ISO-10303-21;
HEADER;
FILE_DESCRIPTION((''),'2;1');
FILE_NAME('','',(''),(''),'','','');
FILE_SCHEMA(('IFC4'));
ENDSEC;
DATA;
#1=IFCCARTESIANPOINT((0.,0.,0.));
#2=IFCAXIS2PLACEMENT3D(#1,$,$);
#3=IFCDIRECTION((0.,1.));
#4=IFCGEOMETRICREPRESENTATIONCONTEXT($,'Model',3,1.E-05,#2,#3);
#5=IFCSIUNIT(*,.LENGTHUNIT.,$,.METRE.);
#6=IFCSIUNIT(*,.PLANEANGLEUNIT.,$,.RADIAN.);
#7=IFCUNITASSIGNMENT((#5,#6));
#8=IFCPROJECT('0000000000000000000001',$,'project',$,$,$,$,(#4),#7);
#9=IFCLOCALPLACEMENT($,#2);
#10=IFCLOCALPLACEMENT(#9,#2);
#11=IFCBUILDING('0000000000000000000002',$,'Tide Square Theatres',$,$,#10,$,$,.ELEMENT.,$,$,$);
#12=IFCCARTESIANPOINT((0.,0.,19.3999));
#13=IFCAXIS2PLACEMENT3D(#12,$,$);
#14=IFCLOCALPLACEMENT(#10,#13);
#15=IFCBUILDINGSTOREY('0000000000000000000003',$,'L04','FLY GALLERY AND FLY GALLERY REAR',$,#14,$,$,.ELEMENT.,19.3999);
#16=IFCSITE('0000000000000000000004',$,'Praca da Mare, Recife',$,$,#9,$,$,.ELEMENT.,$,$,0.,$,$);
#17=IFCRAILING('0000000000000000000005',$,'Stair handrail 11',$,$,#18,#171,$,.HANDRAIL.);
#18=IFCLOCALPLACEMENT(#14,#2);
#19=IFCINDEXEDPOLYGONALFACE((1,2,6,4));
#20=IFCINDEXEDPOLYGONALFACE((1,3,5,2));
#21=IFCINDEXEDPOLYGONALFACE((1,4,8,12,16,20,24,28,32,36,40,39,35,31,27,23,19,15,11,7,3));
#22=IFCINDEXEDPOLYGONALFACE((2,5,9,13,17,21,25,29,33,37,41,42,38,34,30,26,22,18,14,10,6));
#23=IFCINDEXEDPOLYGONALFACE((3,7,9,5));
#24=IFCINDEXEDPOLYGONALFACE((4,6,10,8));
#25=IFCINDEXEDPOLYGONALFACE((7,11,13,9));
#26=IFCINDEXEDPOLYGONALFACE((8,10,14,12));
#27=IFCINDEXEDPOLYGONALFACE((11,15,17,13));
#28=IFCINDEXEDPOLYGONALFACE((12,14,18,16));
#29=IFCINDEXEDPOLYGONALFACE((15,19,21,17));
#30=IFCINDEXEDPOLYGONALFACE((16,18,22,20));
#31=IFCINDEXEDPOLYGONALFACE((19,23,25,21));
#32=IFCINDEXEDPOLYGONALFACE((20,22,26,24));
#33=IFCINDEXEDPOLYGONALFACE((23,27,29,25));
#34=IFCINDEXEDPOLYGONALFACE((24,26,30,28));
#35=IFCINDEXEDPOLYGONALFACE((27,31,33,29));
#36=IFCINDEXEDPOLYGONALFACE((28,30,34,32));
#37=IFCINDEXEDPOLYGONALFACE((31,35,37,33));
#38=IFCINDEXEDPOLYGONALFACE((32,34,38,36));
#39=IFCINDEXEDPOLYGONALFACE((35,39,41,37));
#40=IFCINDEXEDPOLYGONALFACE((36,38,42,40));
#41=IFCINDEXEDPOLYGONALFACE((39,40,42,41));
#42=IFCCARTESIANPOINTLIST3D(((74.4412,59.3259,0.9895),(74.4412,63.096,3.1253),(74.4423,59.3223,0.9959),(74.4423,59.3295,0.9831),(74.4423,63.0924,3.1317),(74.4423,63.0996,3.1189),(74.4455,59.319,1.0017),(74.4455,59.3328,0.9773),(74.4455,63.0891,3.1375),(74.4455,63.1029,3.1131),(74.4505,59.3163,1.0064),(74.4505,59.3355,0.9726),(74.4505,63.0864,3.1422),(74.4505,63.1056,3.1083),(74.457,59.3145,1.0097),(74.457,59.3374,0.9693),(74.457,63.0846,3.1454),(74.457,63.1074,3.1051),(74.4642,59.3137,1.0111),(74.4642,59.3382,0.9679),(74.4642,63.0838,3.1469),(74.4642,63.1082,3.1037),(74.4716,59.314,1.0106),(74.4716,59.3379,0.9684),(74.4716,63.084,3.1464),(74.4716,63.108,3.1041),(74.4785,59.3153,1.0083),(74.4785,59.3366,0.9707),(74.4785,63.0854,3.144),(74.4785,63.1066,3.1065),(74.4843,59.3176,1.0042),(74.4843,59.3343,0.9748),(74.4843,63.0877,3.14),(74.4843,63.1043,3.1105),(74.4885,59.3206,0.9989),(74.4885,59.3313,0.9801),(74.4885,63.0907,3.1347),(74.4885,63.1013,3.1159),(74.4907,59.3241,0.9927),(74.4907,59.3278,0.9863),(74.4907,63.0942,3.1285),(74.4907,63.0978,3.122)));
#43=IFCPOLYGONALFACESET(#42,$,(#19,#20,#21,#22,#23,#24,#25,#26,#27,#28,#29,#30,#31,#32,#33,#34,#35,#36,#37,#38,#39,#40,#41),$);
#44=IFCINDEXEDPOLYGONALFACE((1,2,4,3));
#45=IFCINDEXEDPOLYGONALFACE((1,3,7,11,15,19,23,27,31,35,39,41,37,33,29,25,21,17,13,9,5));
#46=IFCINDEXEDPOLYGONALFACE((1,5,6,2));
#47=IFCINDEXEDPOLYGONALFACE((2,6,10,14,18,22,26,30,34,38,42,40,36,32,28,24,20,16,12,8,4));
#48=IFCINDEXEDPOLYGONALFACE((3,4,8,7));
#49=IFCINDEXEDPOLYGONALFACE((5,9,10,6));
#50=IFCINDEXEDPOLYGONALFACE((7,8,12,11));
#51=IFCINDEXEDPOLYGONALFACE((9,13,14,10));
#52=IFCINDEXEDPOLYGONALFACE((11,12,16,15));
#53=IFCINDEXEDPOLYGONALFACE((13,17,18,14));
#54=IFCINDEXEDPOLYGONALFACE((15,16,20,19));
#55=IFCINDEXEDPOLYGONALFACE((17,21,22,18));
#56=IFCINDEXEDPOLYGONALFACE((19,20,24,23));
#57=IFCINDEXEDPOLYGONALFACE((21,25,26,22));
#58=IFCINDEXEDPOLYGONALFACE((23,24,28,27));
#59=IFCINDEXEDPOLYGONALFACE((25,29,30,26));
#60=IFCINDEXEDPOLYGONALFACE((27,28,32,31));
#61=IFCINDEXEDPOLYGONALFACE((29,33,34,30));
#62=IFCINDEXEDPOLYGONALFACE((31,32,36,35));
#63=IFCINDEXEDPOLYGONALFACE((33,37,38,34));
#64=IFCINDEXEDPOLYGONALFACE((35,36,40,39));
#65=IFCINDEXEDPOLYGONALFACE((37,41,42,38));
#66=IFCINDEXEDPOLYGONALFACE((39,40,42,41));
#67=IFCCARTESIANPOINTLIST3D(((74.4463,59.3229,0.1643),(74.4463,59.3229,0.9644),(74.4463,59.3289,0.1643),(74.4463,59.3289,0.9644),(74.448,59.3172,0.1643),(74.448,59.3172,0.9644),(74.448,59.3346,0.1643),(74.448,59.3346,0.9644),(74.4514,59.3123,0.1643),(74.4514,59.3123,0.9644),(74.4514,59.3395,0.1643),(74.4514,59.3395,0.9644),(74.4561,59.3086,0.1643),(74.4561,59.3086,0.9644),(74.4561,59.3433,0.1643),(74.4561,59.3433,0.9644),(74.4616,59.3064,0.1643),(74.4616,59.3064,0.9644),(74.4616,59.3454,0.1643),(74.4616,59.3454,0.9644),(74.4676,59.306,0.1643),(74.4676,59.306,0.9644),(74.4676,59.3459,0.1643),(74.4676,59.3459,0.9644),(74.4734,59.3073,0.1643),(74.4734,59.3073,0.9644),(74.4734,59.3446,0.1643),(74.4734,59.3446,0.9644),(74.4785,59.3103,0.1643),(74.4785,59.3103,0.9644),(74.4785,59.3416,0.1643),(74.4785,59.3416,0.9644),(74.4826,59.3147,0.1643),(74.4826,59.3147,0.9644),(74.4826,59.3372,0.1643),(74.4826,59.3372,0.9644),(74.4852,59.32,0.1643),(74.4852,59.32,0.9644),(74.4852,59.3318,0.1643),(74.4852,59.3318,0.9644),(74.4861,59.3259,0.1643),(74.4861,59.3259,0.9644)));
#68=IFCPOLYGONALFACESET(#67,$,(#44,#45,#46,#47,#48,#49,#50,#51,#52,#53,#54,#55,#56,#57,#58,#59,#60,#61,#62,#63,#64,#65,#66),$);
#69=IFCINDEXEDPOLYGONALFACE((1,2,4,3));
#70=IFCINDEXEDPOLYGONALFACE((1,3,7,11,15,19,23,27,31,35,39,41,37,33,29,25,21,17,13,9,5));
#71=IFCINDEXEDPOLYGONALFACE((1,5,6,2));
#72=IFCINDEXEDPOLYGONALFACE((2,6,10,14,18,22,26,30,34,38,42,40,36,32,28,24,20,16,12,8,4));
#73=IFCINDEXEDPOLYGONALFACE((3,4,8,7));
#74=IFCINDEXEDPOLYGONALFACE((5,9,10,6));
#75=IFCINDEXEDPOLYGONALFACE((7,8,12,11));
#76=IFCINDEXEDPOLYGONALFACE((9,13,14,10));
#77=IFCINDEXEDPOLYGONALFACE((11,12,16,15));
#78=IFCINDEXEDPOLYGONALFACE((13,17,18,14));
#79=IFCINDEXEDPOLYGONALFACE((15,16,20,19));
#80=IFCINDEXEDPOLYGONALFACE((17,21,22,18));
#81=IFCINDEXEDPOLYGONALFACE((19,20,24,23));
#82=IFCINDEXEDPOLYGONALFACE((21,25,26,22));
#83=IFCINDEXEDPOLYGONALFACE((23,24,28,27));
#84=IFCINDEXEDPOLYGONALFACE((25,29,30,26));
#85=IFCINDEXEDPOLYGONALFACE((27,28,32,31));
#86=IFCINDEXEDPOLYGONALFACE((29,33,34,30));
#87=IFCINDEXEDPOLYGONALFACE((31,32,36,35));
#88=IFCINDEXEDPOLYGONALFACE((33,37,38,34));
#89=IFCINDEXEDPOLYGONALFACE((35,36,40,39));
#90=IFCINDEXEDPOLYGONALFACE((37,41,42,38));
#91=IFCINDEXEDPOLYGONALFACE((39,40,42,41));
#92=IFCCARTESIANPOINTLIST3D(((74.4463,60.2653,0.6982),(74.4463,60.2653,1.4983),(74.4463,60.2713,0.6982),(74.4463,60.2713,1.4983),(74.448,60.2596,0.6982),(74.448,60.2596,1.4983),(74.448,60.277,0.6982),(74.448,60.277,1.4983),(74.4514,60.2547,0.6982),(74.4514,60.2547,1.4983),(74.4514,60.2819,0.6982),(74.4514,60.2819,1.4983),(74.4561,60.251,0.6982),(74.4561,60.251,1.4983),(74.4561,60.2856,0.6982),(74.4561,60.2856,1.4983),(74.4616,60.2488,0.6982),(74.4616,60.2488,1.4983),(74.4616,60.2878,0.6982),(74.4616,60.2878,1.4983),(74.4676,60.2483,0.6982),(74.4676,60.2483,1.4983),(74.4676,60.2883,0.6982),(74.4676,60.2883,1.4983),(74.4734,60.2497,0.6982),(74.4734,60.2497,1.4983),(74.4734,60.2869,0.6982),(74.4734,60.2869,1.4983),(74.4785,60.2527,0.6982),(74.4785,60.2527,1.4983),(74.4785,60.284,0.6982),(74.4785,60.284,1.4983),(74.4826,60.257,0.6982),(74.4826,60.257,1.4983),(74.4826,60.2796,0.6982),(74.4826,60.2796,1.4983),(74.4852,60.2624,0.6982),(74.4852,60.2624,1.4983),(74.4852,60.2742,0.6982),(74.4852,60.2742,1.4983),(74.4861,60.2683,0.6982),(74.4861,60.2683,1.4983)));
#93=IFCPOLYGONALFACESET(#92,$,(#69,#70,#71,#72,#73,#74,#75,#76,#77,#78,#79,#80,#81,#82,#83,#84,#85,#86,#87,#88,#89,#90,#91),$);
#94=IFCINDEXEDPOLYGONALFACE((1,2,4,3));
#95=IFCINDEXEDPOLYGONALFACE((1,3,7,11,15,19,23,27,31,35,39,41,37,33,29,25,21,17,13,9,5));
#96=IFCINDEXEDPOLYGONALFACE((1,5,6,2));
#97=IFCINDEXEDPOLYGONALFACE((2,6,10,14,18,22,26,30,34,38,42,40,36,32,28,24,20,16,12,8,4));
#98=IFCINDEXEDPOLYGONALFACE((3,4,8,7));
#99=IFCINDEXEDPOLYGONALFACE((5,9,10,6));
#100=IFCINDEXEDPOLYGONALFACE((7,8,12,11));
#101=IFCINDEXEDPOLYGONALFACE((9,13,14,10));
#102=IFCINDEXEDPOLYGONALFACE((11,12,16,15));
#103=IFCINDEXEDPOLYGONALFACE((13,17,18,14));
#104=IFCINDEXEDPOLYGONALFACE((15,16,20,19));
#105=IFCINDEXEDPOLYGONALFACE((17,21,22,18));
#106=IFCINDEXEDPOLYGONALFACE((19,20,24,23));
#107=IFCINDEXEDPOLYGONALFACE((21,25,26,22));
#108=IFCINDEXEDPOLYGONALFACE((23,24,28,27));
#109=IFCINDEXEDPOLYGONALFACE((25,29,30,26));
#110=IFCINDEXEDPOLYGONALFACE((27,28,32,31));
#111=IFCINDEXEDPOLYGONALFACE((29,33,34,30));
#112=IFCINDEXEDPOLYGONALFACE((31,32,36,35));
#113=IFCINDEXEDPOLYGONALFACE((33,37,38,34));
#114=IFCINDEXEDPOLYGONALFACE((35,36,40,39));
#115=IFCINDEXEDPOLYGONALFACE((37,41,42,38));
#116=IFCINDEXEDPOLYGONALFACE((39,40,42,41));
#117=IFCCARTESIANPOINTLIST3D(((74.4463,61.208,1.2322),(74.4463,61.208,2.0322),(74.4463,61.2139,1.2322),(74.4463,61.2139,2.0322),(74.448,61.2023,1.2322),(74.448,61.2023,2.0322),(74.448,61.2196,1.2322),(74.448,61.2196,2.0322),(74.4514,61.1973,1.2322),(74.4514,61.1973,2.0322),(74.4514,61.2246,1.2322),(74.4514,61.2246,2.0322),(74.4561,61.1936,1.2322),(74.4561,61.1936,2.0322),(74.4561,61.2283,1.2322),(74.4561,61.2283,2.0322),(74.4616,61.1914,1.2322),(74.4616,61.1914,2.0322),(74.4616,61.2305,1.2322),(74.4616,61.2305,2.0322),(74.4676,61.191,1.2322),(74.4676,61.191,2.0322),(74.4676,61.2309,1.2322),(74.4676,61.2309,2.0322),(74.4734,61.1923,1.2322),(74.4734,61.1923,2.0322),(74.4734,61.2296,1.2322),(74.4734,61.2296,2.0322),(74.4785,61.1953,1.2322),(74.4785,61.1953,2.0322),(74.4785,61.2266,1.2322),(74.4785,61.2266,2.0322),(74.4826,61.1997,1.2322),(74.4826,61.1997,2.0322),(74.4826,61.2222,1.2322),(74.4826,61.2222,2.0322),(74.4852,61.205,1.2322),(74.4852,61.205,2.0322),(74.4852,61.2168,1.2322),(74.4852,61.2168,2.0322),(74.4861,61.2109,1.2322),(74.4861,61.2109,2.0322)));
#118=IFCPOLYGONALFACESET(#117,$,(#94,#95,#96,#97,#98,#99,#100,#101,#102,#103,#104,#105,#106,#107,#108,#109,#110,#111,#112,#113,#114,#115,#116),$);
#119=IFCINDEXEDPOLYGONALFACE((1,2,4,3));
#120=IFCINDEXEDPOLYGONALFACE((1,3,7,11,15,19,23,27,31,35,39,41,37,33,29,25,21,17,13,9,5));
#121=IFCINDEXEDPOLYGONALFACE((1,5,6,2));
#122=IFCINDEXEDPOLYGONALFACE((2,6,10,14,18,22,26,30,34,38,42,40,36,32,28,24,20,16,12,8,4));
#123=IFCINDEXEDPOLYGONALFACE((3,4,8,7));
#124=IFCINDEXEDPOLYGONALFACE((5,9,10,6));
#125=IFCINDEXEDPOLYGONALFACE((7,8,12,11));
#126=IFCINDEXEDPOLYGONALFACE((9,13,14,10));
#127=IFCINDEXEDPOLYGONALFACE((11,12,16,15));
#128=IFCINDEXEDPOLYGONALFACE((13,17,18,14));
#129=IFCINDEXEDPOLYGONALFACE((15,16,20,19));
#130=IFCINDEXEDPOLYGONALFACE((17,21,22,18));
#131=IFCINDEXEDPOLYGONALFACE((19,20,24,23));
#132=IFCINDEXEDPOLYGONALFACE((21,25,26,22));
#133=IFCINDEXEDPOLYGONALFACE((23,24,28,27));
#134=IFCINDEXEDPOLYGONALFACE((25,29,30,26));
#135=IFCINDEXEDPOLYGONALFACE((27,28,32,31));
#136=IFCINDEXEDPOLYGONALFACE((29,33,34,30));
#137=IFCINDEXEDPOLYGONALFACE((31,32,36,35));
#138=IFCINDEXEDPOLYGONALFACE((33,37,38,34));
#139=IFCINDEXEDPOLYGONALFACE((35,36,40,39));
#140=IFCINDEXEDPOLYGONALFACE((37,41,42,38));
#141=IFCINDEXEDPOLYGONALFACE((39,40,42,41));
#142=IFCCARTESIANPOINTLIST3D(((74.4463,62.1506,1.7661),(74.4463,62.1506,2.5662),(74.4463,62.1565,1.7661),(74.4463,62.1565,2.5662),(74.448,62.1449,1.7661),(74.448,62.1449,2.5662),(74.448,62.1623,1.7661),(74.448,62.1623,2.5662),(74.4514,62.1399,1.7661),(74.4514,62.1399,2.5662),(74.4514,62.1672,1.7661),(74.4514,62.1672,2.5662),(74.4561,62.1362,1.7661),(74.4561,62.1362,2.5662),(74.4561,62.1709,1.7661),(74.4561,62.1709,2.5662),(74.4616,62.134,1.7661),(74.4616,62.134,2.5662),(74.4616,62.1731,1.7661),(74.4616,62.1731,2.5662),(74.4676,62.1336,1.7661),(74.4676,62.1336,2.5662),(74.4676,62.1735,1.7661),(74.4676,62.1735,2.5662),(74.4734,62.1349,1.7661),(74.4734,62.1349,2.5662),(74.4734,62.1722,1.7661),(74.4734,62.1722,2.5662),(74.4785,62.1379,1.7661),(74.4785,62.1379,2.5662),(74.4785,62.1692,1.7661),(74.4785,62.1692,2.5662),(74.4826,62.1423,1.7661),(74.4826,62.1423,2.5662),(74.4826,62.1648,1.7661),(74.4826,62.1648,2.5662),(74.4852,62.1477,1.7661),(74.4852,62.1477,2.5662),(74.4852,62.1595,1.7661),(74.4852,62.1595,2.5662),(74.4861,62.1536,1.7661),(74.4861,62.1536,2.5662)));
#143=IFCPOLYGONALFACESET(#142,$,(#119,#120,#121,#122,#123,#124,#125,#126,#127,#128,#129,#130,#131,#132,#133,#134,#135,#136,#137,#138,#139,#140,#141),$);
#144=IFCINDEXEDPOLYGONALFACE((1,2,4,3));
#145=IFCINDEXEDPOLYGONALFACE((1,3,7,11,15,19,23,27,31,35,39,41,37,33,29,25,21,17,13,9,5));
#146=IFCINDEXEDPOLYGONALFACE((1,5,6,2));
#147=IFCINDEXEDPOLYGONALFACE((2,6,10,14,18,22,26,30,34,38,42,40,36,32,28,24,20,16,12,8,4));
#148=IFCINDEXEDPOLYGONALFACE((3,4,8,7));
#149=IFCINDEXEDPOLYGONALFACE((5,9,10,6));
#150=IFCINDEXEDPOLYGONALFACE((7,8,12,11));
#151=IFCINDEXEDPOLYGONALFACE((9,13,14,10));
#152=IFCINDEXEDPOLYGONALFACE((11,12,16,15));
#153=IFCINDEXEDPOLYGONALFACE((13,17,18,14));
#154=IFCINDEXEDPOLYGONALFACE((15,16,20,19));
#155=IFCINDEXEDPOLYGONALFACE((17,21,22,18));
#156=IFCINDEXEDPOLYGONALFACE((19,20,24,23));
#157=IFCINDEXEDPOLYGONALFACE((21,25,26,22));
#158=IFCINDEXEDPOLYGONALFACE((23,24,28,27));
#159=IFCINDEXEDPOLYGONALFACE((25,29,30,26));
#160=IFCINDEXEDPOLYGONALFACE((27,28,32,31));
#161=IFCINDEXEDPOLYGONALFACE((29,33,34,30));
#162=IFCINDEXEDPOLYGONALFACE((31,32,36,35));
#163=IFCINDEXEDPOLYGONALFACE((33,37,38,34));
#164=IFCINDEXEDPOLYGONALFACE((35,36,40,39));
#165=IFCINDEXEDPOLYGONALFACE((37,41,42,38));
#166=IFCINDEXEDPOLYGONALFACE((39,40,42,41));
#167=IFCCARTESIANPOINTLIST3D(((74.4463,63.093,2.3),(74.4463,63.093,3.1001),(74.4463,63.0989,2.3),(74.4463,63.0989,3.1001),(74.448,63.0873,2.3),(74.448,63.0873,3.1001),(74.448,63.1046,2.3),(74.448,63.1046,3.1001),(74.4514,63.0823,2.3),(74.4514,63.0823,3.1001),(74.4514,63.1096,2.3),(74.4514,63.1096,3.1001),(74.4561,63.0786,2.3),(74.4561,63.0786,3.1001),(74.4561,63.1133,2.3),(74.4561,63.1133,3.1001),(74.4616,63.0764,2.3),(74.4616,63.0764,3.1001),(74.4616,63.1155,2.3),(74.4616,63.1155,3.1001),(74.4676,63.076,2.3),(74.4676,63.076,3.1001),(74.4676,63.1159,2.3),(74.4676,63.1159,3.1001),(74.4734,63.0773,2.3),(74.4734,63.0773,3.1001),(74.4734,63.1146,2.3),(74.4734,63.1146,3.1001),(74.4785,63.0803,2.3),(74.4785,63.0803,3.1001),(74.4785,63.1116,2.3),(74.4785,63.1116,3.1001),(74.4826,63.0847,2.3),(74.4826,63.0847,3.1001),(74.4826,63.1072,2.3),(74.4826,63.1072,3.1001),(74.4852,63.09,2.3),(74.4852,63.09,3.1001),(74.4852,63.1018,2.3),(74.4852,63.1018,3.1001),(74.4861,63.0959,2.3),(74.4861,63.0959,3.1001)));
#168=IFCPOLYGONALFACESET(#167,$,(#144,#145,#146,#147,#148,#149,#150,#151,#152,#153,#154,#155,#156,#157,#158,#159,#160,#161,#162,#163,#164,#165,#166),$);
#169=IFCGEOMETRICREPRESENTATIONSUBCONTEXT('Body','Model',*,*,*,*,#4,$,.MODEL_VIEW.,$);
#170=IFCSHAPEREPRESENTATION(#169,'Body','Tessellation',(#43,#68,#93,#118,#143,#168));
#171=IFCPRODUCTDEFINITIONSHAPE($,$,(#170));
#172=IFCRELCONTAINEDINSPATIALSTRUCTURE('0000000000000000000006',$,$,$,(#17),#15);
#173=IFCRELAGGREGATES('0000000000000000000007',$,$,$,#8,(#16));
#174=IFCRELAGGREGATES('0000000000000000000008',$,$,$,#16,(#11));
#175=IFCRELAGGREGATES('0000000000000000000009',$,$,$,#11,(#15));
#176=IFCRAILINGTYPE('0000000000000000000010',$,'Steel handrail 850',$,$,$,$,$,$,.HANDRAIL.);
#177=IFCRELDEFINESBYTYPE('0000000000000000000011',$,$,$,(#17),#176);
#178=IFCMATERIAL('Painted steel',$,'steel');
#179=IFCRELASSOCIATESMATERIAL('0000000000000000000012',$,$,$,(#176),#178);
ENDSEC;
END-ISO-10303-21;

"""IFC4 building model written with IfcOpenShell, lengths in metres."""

from ifc_helpers import new_model, si_unit, direction, frame, origin, origin_2d, place, context, subcontext, project, spatial, circle, extrude, material, type_object, element, save


model = new_model("IFC4")

# Units and contexts
model_context = context("Model", 3, precision=1e-05, world=origin(), true_north=direction((0.0, 1.0)))
body_context = subcontext(model_context, "Body", "Model", "MODEL_VIEW")
ifc_project = project(units=[si_unit("LENGTHUNIT", "METRE"), si_unit("PLANEANGLEUNIT", "RADIAN")], contexts=[model_context])

# Site, building, storey
site_placement = place(None, origin())
site = spatial("IfcSite", under=ifc_project, at=site_placement, Name="Praca da Mare, Recife", CompositionType="ELEMENT", RefElevation=0.0)
building_placement = place(site_placement, origin())
building = spatial("IfcBuilding", under=site, at=building_placement, Name="Tide Square Theatres", CompositionType="ELEMENT")
storey_placement = place(building_placement, frame((0.0, 0.0, 19.3999)))
storey = spatial("IfcBuildingStorey", under=building, at=storey_placement, Name="L04", Description="FLY GALLERY AND FLY GALLERY REAR", CompositionType="ELEMENT", Elevation=19.3999)

# Railing
ifc_material_1 = material(Name="Painted steel", Category="steel")
railing_type_1 = type_object("IfcRailingType", Name="Steel handrail 850", PredefinedType="HANDRAIL", material=ifc_material_1)
for number, where, name in (
    (1, (74.4661, 59.3259, 0.1643), "Stair handrail 11"),
):
    element("IfcRailing", number, at=place(storey_placement, frame(where)), inside=storey, type_object=railing_type_1, Name=name, PredefinedType="HANDRAIL", context=body_context, shape_type="SweptSolid", body=[
        extrude(circle(Radius=0.0249, at=origin_2d()), frame((0.0, 0.0, 0.8252), z_axis=(0.0, 0.870082, 0.492907), x_axis=(-1.0, 0.0, 0.0)), (0.0, 0.0, 1.0), 4.333),
        extrude(circle(Radius=0.02, at=origin_2d()), origin(), (0.0, 0.0, 1.0), 0.8),
        extrude(circle(Radius=0.02, at=origin_2d()), frame((0.0, 0.9424, 0.5339)), (0.0, 0.0, 1.0), 0.8),
        extrude(circle(Radius=0.02, at=origin_2d()), frame((0.0, 1.885, 1.0679)), (0.0, 0.0, 1.0), 0.8),
        extrude(circle(Radius=0.02, at=origin_2d()), frame((0.0, 2.8276, 1.6018)), (0.0, 0.0, 1.0), 0.8),
        extrude(circle(Radius=0.02, at=origin_2d()), frame((0.0, 3.77, 2.1357)), (0.0, 0.0, 1.0), 0.8),
    ])

save(model, "model.ifc")
